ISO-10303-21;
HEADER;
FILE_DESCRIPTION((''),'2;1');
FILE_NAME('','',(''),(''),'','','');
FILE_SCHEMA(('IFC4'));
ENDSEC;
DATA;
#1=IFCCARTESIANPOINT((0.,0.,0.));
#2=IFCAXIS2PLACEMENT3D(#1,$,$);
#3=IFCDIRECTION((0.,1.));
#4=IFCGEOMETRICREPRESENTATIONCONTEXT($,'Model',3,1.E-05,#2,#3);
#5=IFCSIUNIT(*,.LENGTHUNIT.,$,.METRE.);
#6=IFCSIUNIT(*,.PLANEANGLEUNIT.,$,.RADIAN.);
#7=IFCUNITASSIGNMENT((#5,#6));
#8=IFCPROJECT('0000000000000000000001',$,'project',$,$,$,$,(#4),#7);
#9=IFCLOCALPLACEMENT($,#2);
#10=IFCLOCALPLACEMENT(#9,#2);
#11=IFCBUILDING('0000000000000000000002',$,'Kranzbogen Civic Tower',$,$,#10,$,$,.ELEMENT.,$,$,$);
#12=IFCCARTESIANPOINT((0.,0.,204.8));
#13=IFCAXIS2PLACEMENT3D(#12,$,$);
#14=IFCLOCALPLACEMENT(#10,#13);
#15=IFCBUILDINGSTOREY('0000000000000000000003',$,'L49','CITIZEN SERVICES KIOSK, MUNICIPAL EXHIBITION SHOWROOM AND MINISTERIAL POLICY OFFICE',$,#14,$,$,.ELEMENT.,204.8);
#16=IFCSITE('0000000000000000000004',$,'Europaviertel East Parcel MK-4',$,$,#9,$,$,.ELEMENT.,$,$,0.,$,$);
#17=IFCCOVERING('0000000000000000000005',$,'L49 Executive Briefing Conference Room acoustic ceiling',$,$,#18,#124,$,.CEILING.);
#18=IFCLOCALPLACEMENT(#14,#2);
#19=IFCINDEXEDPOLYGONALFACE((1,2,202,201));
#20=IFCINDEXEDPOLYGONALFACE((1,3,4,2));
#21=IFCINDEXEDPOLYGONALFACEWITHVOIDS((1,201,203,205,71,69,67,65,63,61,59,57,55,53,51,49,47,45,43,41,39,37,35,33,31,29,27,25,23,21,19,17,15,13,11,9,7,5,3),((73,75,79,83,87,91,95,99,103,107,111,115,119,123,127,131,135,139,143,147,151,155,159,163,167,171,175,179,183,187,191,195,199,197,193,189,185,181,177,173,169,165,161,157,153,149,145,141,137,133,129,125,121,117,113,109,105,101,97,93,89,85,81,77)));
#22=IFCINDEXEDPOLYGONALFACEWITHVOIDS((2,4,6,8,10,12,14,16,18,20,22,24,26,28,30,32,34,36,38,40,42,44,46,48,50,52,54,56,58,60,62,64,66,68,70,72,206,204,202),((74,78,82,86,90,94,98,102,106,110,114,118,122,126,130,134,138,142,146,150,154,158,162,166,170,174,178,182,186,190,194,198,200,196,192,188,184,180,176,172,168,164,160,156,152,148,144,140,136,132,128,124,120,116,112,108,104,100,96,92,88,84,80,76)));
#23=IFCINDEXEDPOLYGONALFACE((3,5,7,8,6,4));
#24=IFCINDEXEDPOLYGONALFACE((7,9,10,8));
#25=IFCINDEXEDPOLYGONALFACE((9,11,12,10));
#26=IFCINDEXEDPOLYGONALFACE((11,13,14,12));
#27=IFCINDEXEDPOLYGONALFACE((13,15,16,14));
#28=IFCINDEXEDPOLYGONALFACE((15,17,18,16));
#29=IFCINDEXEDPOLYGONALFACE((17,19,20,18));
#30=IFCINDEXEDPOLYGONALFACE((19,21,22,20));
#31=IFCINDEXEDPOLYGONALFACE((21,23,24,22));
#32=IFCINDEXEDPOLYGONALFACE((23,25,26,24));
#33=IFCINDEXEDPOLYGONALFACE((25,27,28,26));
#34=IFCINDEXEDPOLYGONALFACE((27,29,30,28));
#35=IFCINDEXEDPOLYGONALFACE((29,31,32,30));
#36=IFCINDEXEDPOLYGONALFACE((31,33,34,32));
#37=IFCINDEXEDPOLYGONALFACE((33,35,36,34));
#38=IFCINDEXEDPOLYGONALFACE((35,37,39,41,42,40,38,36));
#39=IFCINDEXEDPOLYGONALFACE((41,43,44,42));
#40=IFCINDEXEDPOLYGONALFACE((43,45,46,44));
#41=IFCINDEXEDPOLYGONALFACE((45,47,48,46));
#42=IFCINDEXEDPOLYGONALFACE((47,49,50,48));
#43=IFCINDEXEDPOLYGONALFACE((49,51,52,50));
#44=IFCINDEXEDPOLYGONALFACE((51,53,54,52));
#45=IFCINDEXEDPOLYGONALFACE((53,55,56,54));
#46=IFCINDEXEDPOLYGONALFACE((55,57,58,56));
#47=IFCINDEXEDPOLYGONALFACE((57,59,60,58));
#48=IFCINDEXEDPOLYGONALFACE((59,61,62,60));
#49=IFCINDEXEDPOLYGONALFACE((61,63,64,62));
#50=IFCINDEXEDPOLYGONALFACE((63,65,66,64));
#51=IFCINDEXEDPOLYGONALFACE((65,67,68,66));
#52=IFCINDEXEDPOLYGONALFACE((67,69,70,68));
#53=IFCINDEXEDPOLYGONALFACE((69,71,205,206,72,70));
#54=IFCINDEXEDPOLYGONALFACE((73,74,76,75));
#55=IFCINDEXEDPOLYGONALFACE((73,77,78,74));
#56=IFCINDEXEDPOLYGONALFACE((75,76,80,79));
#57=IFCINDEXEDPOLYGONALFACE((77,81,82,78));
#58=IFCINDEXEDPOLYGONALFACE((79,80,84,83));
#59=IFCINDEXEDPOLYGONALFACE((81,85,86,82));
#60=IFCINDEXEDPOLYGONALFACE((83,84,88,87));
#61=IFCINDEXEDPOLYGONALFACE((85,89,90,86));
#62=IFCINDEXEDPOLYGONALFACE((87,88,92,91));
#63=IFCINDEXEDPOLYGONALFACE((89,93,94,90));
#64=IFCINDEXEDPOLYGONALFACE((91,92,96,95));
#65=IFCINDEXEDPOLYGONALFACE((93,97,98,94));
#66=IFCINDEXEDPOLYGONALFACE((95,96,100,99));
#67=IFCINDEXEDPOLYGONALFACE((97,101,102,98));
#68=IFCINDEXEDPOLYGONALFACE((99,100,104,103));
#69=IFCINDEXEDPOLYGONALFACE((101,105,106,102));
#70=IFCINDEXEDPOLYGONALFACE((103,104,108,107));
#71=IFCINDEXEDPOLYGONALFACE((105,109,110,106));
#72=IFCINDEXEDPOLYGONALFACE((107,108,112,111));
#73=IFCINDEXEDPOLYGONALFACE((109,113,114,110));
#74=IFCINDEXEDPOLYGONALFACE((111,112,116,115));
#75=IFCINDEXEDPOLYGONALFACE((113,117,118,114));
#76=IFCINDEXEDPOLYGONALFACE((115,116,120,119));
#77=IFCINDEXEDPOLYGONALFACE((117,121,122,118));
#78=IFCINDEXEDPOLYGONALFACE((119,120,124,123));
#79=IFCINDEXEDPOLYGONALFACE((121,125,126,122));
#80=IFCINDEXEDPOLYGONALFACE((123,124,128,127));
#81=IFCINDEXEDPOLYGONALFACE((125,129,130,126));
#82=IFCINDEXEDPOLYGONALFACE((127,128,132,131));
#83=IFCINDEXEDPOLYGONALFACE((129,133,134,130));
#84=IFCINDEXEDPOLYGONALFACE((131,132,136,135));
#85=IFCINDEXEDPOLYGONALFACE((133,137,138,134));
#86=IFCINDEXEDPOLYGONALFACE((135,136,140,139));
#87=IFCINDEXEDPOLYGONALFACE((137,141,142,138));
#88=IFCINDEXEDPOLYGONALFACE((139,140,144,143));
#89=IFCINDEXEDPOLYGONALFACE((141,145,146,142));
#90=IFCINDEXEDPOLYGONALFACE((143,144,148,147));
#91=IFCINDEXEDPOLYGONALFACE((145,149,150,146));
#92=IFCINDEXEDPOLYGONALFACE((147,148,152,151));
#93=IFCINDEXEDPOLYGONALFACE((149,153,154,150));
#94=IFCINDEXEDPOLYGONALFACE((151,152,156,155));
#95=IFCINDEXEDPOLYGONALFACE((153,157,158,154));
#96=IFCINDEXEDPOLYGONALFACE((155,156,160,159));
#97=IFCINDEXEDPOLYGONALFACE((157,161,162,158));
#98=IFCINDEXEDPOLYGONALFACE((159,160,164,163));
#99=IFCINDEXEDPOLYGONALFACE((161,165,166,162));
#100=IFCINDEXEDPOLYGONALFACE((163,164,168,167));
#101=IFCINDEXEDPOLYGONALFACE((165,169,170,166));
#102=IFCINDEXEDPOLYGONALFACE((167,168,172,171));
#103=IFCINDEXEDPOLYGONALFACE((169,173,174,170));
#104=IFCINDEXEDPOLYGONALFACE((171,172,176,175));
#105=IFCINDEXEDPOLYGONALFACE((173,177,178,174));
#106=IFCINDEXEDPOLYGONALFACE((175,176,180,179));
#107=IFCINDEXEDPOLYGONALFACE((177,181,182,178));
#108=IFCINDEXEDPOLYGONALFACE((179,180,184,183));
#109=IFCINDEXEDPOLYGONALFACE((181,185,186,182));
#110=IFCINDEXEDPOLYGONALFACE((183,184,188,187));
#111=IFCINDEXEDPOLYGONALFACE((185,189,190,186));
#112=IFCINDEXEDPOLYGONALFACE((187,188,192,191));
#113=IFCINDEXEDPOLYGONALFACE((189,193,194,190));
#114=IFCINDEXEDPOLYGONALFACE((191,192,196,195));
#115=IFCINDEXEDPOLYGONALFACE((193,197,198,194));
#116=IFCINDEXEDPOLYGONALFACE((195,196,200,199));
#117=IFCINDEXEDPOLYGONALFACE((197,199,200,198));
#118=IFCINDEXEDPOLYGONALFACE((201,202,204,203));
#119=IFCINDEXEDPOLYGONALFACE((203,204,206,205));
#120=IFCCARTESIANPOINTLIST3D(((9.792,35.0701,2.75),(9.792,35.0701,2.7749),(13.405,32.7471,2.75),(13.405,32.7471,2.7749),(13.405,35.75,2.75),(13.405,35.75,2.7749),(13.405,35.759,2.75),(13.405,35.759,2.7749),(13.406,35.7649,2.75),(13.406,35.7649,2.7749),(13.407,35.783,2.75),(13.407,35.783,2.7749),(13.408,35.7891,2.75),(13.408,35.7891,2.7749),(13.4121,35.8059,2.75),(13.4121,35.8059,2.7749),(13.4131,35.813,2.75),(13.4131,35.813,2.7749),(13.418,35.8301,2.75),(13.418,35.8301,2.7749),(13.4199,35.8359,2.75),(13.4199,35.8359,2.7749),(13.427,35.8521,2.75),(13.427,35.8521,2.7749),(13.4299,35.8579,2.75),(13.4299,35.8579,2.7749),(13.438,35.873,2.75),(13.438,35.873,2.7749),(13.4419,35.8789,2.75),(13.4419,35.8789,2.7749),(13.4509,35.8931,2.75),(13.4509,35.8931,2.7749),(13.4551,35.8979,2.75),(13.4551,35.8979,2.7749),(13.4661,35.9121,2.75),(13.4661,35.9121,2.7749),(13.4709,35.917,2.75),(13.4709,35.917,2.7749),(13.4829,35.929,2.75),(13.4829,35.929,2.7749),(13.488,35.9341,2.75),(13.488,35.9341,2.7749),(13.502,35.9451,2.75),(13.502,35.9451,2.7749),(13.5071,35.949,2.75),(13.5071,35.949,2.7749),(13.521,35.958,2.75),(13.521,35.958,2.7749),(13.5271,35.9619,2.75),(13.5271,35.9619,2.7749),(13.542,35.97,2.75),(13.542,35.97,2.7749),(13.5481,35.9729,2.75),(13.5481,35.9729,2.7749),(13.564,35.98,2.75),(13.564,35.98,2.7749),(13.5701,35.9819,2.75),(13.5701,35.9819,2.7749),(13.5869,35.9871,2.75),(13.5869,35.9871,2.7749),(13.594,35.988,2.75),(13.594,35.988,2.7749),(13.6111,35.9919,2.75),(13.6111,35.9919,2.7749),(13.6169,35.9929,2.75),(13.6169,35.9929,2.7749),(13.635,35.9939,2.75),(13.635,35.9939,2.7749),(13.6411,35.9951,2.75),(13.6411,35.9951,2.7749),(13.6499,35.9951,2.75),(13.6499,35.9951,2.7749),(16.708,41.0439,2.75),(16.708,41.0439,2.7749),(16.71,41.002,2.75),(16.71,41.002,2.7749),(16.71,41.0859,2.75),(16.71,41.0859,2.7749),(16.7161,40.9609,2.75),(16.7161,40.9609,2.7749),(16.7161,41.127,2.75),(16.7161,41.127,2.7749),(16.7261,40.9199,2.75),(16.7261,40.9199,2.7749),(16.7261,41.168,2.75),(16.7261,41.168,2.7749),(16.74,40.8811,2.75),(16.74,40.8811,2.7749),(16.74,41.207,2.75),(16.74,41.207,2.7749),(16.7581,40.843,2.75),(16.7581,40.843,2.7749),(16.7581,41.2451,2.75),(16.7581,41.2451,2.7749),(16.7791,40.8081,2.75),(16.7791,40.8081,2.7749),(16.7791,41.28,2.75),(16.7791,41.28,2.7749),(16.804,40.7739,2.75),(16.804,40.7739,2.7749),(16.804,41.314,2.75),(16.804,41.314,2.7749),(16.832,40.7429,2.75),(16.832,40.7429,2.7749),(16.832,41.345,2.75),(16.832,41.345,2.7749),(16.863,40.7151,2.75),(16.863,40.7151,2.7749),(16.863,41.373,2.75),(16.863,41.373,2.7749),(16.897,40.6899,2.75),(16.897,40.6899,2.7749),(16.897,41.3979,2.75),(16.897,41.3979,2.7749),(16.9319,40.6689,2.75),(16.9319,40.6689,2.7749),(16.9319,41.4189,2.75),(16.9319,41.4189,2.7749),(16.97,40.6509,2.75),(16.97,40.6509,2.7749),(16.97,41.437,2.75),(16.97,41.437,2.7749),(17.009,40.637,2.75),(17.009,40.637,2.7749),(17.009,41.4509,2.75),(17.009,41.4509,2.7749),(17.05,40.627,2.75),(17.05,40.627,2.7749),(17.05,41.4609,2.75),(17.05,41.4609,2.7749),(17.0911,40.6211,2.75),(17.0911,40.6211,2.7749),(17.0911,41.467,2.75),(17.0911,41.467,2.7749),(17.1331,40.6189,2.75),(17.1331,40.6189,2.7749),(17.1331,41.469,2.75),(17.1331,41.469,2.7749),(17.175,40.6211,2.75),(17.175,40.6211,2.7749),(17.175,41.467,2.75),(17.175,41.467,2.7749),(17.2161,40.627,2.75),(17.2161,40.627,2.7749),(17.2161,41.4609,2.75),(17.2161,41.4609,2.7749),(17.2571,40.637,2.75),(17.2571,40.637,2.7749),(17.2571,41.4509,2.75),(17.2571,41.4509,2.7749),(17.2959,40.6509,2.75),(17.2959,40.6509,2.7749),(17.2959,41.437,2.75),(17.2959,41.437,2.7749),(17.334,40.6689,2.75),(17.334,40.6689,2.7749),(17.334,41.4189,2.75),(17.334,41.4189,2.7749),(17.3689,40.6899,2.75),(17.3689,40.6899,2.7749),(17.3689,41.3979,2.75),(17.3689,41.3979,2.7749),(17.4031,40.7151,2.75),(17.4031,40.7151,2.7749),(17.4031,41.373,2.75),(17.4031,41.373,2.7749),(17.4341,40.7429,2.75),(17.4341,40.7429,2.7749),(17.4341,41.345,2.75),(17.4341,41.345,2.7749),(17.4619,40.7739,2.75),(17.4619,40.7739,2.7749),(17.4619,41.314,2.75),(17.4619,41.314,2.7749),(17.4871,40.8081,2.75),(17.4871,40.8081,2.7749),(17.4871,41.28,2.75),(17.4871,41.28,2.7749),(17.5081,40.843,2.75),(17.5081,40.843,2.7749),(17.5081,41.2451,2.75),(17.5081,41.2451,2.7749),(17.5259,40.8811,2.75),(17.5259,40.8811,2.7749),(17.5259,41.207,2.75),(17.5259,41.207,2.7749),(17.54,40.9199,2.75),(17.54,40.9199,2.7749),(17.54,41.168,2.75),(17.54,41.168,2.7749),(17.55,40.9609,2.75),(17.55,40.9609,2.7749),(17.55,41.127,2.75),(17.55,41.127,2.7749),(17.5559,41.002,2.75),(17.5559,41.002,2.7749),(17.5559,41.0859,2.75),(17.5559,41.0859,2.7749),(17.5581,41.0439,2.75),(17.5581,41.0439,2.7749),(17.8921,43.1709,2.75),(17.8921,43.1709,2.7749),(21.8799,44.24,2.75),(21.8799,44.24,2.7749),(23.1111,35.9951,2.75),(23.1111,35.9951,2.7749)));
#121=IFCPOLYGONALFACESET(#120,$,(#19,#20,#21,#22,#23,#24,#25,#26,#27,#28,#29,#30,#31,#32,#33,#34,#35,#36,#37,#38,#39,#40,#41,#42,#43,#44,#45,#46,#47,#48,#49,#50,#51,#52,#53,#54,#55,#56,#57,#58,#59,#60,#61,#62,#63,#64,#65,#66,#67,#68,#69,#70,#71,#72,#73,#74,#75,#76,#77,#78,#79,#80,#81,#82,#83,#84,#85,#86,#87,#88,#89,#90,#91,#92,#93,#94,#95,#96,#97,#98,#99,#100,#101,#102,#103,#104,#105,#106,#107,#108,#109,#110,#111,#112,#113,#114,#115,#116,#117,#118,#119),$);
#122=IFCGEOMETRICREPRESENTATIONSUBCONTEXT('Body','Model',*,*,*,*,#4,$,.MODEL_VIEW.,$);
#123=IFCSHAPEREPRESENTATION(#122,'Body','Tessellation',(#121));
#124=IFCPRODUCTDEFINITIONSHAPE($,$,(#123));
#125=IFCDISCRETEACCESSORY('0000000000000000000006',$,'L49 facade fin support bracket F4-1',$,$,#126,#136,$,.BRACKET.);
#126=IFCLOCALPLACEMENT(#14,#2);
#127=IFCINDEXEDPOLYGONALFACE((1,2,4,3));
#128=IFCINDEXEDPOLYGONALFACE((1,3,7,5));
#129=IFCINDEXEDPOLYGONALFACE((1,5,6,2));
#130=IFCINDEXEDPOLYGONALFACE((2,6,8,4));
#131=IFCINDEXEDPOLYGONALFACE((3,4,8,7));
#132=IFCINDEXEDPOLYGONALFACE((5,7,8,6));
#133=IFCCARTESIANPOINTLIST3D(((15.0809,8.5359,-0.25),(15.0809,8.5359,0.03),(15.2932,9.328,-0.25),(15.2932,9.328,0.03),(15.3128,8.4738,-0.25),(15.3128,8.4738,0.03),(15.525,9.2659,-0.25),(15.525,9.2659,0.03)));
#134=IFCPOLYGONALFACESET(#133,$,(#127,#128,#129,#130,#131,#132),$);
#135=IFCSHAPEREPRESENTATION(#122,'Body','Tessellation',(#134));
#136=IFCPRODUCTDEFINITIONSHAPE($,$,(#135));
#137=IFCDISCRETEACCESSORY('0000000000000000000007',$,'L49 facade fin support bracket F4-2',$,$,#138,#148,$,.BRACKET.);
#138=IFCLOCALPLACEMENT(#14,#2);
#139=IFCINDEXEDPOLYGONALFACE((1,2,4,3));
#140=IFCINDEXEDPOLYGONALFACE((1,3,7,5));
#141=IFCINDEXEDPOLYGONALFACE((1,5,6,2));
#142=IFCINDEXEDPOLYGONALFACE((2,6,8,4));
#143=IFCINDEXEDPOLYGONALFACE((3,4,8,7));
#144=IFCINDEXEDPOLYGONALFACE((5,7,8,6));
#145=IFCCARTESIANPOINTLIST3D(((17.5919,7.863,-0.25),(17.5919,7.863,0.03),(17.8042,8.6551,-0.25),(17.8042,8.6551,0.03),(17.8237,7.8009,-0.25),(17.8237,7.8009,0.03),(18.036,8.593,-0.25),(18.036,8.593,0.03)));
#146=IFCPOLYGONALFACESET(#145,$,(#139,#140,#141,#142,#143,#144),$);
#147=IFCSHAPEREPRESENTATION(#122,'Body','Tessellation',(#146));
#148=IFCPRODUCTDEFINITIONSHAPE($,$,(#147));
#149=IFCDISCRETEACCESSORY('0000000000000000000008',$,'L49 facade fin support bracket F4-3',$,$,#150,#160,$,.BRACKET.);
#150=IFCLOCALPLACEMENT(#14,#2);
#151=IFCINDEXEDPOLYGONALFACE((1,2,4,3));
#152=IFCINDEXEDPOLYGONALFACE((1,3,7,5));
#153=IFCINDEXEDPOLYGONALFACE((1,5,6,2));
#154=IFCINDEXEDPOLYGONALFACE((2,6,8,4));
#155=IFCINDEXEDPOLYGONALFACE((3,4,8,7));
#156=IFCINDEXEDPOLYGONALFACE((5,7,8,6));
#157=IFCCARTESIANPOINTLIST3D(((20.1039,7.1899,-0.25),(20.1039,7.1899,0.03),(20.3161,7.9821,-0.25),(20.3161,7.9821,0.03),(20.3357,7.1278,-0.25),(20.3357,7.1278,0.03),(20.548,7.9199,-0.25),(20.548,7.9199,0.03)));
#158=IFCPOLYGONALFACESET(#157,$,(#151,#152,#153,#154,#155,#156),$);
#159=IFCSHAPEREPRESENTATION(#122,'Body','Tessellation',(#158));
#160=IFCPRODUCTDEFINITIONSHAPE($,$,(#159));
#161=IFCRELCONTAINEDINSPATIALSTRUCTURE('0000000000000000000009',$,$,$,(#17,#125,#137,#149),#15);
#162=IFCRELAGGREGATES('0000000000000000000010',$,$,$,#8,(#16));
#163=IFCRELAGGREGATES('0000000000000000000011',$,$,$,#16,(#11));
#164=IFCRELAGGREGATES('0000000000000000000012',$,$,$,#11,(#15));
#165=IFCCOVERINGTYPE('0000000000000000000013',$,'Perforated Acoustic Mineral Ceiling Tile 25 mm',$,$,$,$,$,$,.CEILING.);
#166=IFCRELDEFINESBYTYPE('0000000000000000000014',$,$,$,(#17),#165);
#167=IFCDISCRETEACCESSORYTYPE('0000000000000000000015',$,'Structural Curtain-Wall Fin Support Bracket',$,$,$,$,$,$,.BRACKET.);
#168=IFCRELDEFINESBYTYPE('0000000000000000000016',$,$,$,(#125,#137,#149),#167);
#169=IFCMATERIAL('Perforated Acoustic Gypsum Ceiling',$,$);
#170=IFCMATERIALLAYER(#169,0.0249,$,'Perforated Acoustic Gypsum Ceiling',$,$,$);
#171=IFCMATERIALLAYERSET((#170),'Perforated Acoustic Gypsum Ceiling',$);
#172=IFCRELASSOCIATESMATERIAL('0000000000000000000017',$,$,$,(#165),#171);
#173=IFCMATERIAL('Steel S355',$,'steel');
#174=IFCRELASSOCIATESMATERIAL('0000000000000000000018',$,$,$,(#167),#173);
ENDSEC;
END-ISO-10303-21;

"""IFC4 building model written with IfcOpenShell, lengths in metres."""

from ifc_helpers import new_model, si_unit, direction, frame, origin, origin_2d, place, context, subcontext, project, spatial, polyline, rectangle, outline, extrude, material, layer, layer_set, type_object, element, save


model = new_model("IFC4")

# Units and contexts
model_context = context("Model", 3, precision=1e-05, world=origin(), true_north=direction((0.0, 1.0)))
body_context = subcontext(model_context, "Body", "Model", "MODEL_VIEW")
ifc_project = project(units=[si_unit("LENGTHUNIT", "METRE"), si_unit("PLANEANGLEUNIT", "RADIAN")], contexts=[model_context])

# Site, building, storey
site_placement = place(None, origin())
site = spatial("IfcSite", under=ifc_project, at=site_placement, Name="Europaviertel East Parcel MK-4", CompositionType="ELEMENT", RefElevation=0.0)
building_placement = place(site_placement, origin())
building = spatial("IfcBuilding", under=site, at=building_placement, Name="Kranzbogen Civic Tower", CompositionType="ELEMENT")
storey_placement = place(building_placement, frame((0.0, 0.0, 204.8)))
storey = spatial("IfcBuildingStorey", under=building, at=storey_placement, Name="L49", Description="CITIZEN SERVICES KIOSK, MUNICIPAL EXHIBITION SHOWROOM AND MINISTERIAL POLICY OFFICE", CompositionType="ELEMENT", Elevation=204.8)

# Shared definitions
ifc_material_1 = material(Name="Steel S355", Category="steel")

# Covering
ifc_material_2 = material(Name="Perforated Acoustic Gypsum Ceiling")
ifc_layer_1 = layer(ifc_material_2, 0.0249, Name="Perforated Acoustic Gypsum Ceiling")
ifc_layer_set_1 = layer_set([ifc_layer_1], Name="Perforated Acoustic Gypsum Ceiling")
covering_type_1 = type_object("IfcCoveringType", Name="Perforated Acoustic Mineral Ceiling Tile 25 mm", PredefinedType="CEILING", material=ifc_layer_set_1)
covering_1_placement = place(storey_placement, frame((0.0, 0.0, 2.75)))
element("IfcCovering", 1, at=covering_1_placement, inside=storey, type_object=covering_type_1, Name="L49 Executive Briefing Conference Room acoustic ceiling", PredefinedType="CEILING", context=body_context, shape_type="SweptSolid", body=[
    extrude(outline(polyline([(21.8799, 44.24), (23.1111, 35.9951), (13.6499, 35.9951), (13.6411, 35.9951), (13.635, 35.9939), (13.6169, 35.9929), (13.6111, 35.9919), (13.594, 35.988), (13.5869, 35.9871), (13.5701, 35.9819), (13.564, 35.98), (13.5481, 35.9729), (13.542, 35.97), (13.5271, 35.9619), (13.521, 35.958), (13.5071, 35.949), (13.502, 35.9451), (13.488, 35.9341), (13.4829, 35.929), (13.4709, 35.917), (13.4661, 35.9121), (13.4551, 35.8979), (13.4509, 35.8931), (13.4419, 35.8789), (13.438, 35.873), (13.4299, 35.8579), (13.427, 35.8521), (13.4199, 35.8359), (13.418, 35.8301), (13.4131, 35.813), (13.4121, 35.8059), (13.408, 35.7891), (13.407, 35.783), (13.406, 35.7649), (13.405, 35.759), (13.405, 35.75), (13.405, 32.7471), (9.792, 35.0701), (17.8921, 43.1709), (21.8799, 44.24)]), holes=[polyline([(17.5259, 40.8811), (17.5081, 40.843), (17.4871, 40.8081), (17.4619, 40.7739), (17.4341, 40.7429), (17.4031, 40.7151), (17.3689, 40.6899), (17.334, 40.6689), (17.2959, 40.6509), (17.2571, 40.637), (17.2161, 40.627), (17.175, 40.6211), (17.1331, 40.6189), (17.0911, 40.6211), (17.05, 40.627), (17.009, 40.637), (16.97, 40.6509), (16.9319, 40.6689), (16.897, 40.6899), (16.863, 40.7151), (16.832, 40.7429), (16.804, 40.7739), (16.7791, 40.8081), (16.7581, 40.843), (16.74, 40.8811), (16.7261, 40.9199), (16.7161, 40.9609), (16.71, 41.002), (16.708, 41.0439), (16.71, 41.0859), (16.7161, 41.127), (16.7261, 41.168), (16.74, 41.207), (16.7581, 41.2451), (16.7791, 41.28), (16.804, 41.314), (16.832, 41.345), (16.863, 41.373), (16.897, 41.3979), (16.9319, 41.4189), (16.97, 41.437), (17.009, 41.4509), (17.05, 41.4609), (17.0911, 41.467), (17.1331, 41.469), (17.175, 41.467), (17.2161, 41.4609), (17.2571, 41.4509), (17.2959, 41.437), (17.334, 41.4189), (17.3689, 41.3979), (17.4031, 41.373), (17.4341, 41.345), (17.4619, 41.314), (17.4871, 41.28), (17.5081, 41.2451), (17.5259, 41.207), (17.54, 41.168), (17.55, 41.127), (17.5559, 41.0859), (17.5581, 41.0439), (17.5559, 41.002), (17.55, 40.9609), (17.54, 40.9199), (17.5259, 40.8811)])]), origin(), (0.0, 0.0, 1.0), 0.0249),
])

# Discrete accessories
discrete_accessory_type = type_object("IfcDiscreteAccessoryType", Name="Structural Curtain-Wall Fin Support Bracket", PredefinedType="BRACKET", material=ifc_material_1)
for number, where, z_axis, x_axis, name in (
    (2, (15.303, 8.9009, -0.25), (0.0, 0.0, 1.0), (-0.258819, -0.965926, 0.0), "L49 facade fin support bracket F4-1"),
    (3, (17.814, 8.228, -0.25), (0.0, 0.0, 1.0), (-0.258819, -0.965926, 0.0), "L49 facade fin support bracket F4-2"),
    (4, (20.3259, 7.5549, -0.25), (0.0, 0.0, 1.0), (-0.258819, -0.965926, 0.0), "L49 facade fin support bracket F4-3"),
):
    element("IfcDiscreteAccessory", number, at=place(storey_placement, frame(where, z_axis=z_axis, x_axis=x_axis)), inside=storey, type_object=discrete_accessory_type, Name=name, PredefinedType="BRACKET", context=body_context, shape_type="SweptSolid", body=[
        extrude(rectangle(XDim=0.8201, YDim=0.24, at=origin_2d()), origin(), (0.0, 0.0, 1.0), 0.28),
    ])

save(model, "model.ifc")
